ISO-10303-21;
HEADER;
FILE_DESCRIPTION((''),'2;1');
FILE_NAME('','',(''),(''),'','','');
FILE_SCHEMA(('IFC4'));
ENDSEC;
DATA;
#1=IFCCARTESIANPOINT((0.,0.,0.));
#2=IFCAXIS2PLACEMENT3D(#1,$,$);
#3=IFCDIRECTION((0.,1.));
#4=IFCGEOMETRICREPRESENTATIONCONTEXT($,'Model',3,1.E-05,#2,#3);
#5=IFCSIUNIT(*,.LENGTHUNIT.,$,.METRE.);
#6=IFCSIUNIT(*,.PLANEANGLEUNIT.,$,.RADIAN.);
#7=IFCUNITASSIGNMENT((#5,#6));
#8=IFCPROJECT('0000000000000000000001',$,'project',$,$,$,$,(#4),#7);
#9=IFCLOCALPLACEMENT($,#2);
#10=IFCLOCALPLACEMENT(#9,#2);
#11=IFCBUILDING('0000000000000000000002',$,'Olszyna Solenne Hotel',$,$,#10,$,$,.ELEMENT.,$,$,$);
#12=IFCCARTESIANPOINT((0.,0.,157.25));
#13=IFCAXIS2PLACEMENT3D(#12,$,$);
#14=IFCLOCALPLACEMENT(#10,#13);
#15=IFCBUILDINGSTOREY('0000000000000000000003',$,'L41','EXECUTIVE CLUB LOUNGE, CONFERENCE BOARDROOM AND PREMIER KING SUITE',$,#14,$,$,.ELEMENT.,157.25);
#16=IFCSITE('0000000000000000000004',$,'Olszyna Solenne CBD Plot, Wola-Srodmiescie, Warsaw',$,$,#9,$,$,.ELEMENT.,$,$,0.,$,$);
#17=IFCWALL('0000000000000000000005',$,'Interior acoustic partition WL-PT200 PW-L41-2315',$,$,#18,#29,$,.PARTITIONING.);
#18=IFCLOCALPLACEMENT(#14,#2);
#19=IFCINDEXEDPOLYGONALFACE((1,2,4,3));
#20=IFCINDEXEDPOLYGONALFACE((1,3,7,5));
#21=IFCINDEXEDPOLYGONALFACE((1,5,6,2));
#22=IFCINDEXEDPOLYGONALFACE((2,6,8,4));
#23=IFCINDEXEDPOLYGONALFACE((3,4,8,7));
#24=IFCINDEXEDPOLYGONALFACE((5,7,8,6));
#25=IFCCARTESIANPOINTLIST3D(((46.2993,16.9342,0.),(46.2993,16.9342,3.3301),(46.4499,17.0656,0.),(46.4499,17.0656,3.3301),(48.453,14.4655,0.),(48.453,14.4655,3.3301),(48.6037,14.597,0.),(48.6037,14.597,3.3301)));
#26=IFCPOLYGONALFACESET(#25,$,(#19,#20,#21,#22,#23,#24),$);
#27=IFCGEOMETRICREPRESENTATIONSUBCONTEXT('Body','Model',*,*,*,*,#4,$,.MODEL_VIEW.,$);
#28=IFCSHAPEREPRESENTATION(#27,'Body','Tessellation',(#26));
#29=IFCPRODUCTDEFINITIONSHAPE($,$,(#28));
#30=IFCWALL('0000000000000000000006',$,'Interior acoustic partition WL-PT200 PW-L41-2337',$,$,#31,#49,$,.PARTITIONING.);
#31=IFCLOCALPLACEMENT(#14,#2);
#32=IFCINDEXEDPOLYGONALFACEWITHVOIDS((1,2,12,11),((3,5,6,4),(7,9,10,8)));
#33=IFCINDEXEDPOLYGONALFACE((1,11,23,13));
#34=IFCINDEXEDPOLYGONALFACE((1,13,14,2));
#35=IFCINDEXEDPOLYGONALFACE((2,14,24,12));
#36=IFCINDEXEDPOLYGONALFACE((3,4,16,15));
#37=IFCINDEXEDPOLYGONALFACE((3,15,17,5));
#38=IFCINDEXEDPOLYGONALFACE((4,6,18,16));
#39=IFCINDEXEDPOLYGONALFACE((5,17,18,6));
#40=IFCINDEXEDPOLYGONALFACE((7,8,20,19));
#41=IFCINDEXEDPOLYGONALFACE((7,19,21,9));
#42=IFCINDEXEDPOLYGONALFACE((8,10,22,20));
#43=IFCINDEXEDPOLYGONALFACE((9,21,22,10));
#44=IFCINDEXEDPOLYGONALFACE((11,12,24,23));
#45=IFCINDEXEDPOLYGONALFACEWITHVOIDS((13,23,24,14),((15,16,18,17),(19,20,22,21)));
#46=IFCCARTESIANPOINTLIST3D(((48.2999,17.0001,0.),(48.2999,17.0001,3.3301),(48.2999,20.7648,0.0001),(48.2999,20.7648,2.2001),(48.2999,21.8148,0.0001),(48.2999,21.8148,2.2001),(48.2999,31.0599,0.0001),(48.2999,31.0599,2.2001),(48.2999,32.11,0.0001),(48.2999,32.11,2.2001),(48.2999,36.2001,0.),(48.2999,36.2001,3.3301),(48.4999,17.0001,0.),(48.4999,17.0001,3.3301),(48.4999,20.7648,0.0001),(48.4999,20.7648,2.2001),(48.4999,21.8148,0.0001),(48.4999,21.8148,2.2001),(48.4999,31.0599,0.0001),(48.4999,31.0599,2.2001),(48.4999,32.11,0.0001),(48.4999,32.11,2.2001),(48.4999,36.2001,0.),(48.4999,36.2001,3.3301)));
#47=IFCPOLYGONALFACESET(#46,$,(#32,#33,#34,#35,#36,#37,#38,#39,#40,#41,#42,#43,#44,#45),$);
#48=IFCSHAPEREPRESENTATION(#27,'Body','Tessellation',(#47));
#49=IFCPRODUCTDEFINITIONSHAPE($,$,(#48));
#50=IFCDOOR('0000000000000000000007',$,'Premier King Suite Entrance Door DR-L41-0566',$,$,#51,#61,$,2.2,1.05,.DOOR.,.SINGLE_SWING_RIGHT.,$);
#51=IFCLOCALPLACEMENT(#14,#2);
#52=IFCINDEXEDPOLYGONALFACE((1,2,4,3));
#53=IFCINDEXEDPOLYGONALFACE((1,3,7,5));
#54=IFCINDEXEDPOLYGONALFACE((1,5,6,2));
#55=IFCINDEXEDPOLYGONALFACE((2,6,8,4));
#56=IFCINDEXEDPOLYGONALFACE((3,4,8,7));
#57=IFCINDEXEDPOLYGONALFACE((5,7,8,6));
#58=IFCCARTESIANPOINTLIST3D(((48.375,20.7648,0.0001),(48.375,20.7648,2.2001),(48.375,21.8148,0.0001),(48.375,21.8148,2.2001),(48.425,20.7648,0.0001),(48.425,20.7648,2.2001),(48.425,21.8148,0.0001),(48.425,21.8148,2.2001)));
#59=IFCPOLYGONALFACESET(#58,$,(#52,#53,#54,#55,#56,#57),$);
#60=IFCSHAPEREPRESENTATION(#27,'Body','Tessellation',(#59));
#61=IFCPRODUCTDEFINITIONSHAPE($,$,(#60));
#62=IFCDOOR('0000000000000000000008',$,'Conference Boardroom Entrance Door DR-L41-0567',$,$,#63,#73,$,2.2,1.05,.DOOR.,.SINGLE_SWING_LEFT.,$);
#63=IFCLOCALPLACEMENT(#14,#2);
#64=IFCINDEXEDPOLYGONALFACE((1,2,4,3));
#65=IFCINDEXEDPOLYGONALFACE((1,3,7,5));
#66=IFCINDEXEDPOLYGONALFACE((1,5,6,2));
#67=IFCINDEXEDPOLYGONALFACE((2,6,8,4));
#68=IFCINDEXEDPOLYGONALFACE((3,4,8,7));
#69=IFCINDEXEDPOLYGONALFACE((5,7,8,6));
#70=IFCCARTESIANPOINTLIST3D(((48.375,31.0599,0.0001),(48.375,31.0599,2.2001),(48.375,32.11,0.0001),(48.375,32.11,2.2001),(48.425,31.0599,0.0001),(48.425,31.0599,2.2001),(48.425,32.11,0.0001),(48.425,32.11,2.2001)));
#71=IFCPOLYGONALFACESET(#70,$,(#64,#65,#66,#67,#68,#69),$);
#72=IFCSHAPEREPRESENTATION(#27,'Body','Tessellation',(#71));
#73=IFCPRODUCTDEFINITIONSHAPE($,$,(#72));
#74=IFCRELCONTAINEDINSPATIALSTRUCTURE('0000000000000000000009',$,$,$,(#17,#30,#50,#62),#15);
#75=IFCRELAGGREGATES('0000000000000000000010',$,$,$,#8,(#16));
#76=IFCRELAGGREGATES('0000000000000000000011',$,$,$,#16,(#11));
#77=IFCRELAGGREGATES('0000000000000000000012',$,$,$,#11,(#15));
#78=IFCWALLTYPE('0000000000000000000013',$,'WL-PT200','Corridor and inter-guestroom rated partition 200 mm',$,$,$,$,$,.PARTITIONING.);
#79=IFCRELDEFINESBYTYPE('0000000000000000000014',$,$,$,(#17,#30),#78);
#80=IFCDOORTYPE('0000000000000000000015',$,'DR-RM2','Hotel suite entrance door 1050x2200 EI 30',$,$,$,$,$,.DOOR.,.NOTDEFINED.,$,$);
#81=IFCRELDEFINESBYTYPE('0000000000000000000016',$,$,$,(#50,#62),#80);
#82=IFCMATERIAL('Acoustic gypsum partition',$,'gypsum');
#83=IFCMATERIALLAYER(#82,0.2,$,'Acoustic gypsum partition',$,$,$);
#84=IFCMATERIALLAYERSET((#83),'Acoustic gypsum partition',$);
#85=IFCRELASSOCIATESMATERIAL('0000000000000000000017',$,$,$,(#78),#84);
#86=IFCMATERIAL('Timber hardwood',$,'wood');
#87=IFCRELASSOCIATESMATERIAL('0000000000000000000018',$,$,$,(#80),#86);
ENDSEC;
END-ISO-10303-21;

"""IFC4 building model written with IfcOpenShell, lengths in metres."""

from ifc_helpers import new_model, si_unit, direction, frame, frame_2d, origin, place, context, subcontext, project, spatial, rectangle, extrude, source, transform, mapped, material, layer, layer_set, type_object, type_shapes, element, fill, save


model = new_model("IFC4")

# Units and contexts
model_context = context("Model", 3, precision=1e-05, world=origin(), true_north=direction((0.0, 1.0)))
body_context = subcontext(model_context, "Body", "Model", "MODEL_VIEW")
ifc_project = project(units=[si_unit("LENGTHUNIT", "METRE"), si_unit("PLANEANGLEUNIT", "RADIAN")], contexts=[model_context])

# Site, building, storey
site_placement = place(None, origin())
site = spatial("IfcSite", under=ifc_project, at=site_placement, Name="Olszyna Solenne CBD Plot, Wola-Srodmiescie, Warsaw", CompositionType="ELEMENT", RefElevation=0.0)
building_placement = place(site_placement, origin())
building = spatial("IfcBuilding", under=site, at=building_placement, Name="Olszyna Solenne Hotel", CompositionType="ELEMENT")
storey_placement = place(building_placement, frame((0.0, 0.0, 157.25)))
storey = spatial("IfcBuildingStorey", under=building, at=storey_placement, Name="L41", Description="EXECUTIVE CLUB LOUNGE, CONFERENCE BOARDROOM AND PREMIER KING SUITE", CompositionType="ELEMENT", Elevation=157.25)

# Shared definitions
ifc_material_1 = material(Name="Acoustic gypsum partition", Category="gypsum")

# Wall
ifc_layer_1 = layer(ifc_material_1, 0.2, Name="Acoustic gypsum partition")
ifc_layer_set_1 = layer_set([ifc_layer_1], Name="Acoustic gypsum partition")
wall_type_1 = type_object("IfcWallType", Name="WL-PT200", Description="Corridor and inter-guestroom rated partition 200 mm", PredefinedType="PARTITIONING", material=ifc_layer_set_1)
wall_1_placement = place(storey_placement, frame((46.3745, 17.0, 0.0), z_axis=(0.0, 0.0, 1.0), x_axis=(0.657407, -0.753536, 0.0)))
element("IfcWall", 1, at=wall_1_placement, inside=storey, type_object=wall_type_1, Name="Interior acoustic partition WL-PT200 PW-L41-2315", PredefinedType="PARTITIONING", context=body_context, shape_type="SweptSolid", body=[
    extrude(rectangle(XDim=3.2761, YDim=0.2, at=frame_2d((1.6382, 0.0))), origin(), (0.0, 0.0, 1.0), 3.3301),
])

# Wall, openings, doors
wall_2_placement = place(storey_placement, frame((48.3999, 17.0, 0.0), z_axis=(0.0, 0.0, 1.0), x_axis=(0.0, 1.0, 0.0)))
wall_2 = element("IfcWall", 2, at=wall_2_placement, inside=storey, type_object=wall_type_1, Name="Interior acoustic partition WL-PT200 PW-L41-2337", PredefinedType="PARTITIONING", context=body_context, shape_type="SweptSolid", body=[
    extrude(rectangle(XDim=19.2, YDim=0.2, at=frame_2d((9.6001, 0.0))), origin(), (0.0, 0.0, 1.0), 3.3301),
])
opening_1_placement = place(wall_2_placement, frame((3.7649, 0.0, 0.0)))
opening_1 = element("IfcOpeningElement", 3, at=opening_1_placement, cuts=wall_2, PredefinedType="OPENING", context=body_context, shape_type="SweptSolid", body=[
    extrude(rectangle(XDim=1.05, YDim=2.2, at=frame_2d((0.5249, 1.1001))), frame((0.0, 0.1099, 0.0), z_axis=(0.0, -1.0, 0.0), x_axis=(1.0, 0.0, 0.0)), (0.0, 0.0, 1.0), 0.22),
])
opening_2_placement = place(wall_2_placement, frame((14.0601, 0.0, 0.0)))
opening_2 = element("IfcOpeningElement", 4, at=opening_2_placement, cuts=wall_2, PredefinedType="OPENING", context=body_context, shape_type="SweptSolid", body=[
    extrude(rectangle(XDim=1.05, YDim=2.2, at=frame_2d((0.5249, 1.1001))), frame((0.0, 0.1099, 0.0), z_axis=(0.0, -1.0, 0.0), x_axis=(1.0, 0.0, 0.0)), (0.0, 0.0, 1.0), 0.22),
])
ifc_material_2 = material(Name="Timber hardwood", Category="wood")
door_type_1 = type_object("IfcDoorType", Name="DR-RM2", Description="Hotel suite entrance door 1050x2200 EI 30", OperationType="NOTDEFINED", PredefinedType="DOOR", material=ifc_material_2)
shared_shape_1 = source(origin(), body_context, "Body", "SweptSolid", [
    extrude(rectangle(XDim=1.05, YDim=2.2, at=frame_2d((0.5249, 1.1001))), frame((0.0, 0.0249, 0.0), z_axis=(0.0, -1.0, 0.0), x_axis=(1.0, 0.0, 0.0)), (0.0, 0.0, 1.0), 0.05),
])
type_shapes(door_type_1, [shared_shape_1])
door_1_placement = place(opening_1_placement, origin())
door_1 = element("IfcDoor", 5, at=door_1_placement, inside=storey, type_object=door_type_1, Name="Premier King Suite Entrance Door DR-L41-0566", OperationType="SINGLE_SWING_RIGHT", OverallHeight=2.2, OverallWidth=1.05, PredefinedType="DOOR", context=body_context, shape_type="MappedRepresentation", body=[
    mapped(shared_shape_1, transform((0.0, 0.0, 0.0), x_axis=(1.0, 0.0, 0.0), y_axis=(0.0, 1.0, 0.0), z_axis=(0.0, 0.0, 1.0), scale=1.0)),
])
fill(opening_1, door_1)
door_2_placement = place(opening_2_placement, origin())
door_2 = element("IfcDoor", 6, at=door_2_placement, inside=storey, type_object=door_type_1, Name="Conference Boardroom Entrance Door DR-L41-0567", OperationType="SINGLE_SWING_LEFT", OverallHeight=2.2, OverallWidth=1.05, PredefinedType="DOOR", context=body_context, shape_type="MappedRepresentation", body=[
    mapped(shared_shape_1, transform((0.0, 0.0, 0.0), x_axis=(1.0, 0.0, 0.0), y_axis=(0.0, 1.0, 0.0), z_axis=(0.0, 0.0, 1.0), scale=1.0)),
])
fill(opening_2, door_2)

save(model, "model.ifc")
